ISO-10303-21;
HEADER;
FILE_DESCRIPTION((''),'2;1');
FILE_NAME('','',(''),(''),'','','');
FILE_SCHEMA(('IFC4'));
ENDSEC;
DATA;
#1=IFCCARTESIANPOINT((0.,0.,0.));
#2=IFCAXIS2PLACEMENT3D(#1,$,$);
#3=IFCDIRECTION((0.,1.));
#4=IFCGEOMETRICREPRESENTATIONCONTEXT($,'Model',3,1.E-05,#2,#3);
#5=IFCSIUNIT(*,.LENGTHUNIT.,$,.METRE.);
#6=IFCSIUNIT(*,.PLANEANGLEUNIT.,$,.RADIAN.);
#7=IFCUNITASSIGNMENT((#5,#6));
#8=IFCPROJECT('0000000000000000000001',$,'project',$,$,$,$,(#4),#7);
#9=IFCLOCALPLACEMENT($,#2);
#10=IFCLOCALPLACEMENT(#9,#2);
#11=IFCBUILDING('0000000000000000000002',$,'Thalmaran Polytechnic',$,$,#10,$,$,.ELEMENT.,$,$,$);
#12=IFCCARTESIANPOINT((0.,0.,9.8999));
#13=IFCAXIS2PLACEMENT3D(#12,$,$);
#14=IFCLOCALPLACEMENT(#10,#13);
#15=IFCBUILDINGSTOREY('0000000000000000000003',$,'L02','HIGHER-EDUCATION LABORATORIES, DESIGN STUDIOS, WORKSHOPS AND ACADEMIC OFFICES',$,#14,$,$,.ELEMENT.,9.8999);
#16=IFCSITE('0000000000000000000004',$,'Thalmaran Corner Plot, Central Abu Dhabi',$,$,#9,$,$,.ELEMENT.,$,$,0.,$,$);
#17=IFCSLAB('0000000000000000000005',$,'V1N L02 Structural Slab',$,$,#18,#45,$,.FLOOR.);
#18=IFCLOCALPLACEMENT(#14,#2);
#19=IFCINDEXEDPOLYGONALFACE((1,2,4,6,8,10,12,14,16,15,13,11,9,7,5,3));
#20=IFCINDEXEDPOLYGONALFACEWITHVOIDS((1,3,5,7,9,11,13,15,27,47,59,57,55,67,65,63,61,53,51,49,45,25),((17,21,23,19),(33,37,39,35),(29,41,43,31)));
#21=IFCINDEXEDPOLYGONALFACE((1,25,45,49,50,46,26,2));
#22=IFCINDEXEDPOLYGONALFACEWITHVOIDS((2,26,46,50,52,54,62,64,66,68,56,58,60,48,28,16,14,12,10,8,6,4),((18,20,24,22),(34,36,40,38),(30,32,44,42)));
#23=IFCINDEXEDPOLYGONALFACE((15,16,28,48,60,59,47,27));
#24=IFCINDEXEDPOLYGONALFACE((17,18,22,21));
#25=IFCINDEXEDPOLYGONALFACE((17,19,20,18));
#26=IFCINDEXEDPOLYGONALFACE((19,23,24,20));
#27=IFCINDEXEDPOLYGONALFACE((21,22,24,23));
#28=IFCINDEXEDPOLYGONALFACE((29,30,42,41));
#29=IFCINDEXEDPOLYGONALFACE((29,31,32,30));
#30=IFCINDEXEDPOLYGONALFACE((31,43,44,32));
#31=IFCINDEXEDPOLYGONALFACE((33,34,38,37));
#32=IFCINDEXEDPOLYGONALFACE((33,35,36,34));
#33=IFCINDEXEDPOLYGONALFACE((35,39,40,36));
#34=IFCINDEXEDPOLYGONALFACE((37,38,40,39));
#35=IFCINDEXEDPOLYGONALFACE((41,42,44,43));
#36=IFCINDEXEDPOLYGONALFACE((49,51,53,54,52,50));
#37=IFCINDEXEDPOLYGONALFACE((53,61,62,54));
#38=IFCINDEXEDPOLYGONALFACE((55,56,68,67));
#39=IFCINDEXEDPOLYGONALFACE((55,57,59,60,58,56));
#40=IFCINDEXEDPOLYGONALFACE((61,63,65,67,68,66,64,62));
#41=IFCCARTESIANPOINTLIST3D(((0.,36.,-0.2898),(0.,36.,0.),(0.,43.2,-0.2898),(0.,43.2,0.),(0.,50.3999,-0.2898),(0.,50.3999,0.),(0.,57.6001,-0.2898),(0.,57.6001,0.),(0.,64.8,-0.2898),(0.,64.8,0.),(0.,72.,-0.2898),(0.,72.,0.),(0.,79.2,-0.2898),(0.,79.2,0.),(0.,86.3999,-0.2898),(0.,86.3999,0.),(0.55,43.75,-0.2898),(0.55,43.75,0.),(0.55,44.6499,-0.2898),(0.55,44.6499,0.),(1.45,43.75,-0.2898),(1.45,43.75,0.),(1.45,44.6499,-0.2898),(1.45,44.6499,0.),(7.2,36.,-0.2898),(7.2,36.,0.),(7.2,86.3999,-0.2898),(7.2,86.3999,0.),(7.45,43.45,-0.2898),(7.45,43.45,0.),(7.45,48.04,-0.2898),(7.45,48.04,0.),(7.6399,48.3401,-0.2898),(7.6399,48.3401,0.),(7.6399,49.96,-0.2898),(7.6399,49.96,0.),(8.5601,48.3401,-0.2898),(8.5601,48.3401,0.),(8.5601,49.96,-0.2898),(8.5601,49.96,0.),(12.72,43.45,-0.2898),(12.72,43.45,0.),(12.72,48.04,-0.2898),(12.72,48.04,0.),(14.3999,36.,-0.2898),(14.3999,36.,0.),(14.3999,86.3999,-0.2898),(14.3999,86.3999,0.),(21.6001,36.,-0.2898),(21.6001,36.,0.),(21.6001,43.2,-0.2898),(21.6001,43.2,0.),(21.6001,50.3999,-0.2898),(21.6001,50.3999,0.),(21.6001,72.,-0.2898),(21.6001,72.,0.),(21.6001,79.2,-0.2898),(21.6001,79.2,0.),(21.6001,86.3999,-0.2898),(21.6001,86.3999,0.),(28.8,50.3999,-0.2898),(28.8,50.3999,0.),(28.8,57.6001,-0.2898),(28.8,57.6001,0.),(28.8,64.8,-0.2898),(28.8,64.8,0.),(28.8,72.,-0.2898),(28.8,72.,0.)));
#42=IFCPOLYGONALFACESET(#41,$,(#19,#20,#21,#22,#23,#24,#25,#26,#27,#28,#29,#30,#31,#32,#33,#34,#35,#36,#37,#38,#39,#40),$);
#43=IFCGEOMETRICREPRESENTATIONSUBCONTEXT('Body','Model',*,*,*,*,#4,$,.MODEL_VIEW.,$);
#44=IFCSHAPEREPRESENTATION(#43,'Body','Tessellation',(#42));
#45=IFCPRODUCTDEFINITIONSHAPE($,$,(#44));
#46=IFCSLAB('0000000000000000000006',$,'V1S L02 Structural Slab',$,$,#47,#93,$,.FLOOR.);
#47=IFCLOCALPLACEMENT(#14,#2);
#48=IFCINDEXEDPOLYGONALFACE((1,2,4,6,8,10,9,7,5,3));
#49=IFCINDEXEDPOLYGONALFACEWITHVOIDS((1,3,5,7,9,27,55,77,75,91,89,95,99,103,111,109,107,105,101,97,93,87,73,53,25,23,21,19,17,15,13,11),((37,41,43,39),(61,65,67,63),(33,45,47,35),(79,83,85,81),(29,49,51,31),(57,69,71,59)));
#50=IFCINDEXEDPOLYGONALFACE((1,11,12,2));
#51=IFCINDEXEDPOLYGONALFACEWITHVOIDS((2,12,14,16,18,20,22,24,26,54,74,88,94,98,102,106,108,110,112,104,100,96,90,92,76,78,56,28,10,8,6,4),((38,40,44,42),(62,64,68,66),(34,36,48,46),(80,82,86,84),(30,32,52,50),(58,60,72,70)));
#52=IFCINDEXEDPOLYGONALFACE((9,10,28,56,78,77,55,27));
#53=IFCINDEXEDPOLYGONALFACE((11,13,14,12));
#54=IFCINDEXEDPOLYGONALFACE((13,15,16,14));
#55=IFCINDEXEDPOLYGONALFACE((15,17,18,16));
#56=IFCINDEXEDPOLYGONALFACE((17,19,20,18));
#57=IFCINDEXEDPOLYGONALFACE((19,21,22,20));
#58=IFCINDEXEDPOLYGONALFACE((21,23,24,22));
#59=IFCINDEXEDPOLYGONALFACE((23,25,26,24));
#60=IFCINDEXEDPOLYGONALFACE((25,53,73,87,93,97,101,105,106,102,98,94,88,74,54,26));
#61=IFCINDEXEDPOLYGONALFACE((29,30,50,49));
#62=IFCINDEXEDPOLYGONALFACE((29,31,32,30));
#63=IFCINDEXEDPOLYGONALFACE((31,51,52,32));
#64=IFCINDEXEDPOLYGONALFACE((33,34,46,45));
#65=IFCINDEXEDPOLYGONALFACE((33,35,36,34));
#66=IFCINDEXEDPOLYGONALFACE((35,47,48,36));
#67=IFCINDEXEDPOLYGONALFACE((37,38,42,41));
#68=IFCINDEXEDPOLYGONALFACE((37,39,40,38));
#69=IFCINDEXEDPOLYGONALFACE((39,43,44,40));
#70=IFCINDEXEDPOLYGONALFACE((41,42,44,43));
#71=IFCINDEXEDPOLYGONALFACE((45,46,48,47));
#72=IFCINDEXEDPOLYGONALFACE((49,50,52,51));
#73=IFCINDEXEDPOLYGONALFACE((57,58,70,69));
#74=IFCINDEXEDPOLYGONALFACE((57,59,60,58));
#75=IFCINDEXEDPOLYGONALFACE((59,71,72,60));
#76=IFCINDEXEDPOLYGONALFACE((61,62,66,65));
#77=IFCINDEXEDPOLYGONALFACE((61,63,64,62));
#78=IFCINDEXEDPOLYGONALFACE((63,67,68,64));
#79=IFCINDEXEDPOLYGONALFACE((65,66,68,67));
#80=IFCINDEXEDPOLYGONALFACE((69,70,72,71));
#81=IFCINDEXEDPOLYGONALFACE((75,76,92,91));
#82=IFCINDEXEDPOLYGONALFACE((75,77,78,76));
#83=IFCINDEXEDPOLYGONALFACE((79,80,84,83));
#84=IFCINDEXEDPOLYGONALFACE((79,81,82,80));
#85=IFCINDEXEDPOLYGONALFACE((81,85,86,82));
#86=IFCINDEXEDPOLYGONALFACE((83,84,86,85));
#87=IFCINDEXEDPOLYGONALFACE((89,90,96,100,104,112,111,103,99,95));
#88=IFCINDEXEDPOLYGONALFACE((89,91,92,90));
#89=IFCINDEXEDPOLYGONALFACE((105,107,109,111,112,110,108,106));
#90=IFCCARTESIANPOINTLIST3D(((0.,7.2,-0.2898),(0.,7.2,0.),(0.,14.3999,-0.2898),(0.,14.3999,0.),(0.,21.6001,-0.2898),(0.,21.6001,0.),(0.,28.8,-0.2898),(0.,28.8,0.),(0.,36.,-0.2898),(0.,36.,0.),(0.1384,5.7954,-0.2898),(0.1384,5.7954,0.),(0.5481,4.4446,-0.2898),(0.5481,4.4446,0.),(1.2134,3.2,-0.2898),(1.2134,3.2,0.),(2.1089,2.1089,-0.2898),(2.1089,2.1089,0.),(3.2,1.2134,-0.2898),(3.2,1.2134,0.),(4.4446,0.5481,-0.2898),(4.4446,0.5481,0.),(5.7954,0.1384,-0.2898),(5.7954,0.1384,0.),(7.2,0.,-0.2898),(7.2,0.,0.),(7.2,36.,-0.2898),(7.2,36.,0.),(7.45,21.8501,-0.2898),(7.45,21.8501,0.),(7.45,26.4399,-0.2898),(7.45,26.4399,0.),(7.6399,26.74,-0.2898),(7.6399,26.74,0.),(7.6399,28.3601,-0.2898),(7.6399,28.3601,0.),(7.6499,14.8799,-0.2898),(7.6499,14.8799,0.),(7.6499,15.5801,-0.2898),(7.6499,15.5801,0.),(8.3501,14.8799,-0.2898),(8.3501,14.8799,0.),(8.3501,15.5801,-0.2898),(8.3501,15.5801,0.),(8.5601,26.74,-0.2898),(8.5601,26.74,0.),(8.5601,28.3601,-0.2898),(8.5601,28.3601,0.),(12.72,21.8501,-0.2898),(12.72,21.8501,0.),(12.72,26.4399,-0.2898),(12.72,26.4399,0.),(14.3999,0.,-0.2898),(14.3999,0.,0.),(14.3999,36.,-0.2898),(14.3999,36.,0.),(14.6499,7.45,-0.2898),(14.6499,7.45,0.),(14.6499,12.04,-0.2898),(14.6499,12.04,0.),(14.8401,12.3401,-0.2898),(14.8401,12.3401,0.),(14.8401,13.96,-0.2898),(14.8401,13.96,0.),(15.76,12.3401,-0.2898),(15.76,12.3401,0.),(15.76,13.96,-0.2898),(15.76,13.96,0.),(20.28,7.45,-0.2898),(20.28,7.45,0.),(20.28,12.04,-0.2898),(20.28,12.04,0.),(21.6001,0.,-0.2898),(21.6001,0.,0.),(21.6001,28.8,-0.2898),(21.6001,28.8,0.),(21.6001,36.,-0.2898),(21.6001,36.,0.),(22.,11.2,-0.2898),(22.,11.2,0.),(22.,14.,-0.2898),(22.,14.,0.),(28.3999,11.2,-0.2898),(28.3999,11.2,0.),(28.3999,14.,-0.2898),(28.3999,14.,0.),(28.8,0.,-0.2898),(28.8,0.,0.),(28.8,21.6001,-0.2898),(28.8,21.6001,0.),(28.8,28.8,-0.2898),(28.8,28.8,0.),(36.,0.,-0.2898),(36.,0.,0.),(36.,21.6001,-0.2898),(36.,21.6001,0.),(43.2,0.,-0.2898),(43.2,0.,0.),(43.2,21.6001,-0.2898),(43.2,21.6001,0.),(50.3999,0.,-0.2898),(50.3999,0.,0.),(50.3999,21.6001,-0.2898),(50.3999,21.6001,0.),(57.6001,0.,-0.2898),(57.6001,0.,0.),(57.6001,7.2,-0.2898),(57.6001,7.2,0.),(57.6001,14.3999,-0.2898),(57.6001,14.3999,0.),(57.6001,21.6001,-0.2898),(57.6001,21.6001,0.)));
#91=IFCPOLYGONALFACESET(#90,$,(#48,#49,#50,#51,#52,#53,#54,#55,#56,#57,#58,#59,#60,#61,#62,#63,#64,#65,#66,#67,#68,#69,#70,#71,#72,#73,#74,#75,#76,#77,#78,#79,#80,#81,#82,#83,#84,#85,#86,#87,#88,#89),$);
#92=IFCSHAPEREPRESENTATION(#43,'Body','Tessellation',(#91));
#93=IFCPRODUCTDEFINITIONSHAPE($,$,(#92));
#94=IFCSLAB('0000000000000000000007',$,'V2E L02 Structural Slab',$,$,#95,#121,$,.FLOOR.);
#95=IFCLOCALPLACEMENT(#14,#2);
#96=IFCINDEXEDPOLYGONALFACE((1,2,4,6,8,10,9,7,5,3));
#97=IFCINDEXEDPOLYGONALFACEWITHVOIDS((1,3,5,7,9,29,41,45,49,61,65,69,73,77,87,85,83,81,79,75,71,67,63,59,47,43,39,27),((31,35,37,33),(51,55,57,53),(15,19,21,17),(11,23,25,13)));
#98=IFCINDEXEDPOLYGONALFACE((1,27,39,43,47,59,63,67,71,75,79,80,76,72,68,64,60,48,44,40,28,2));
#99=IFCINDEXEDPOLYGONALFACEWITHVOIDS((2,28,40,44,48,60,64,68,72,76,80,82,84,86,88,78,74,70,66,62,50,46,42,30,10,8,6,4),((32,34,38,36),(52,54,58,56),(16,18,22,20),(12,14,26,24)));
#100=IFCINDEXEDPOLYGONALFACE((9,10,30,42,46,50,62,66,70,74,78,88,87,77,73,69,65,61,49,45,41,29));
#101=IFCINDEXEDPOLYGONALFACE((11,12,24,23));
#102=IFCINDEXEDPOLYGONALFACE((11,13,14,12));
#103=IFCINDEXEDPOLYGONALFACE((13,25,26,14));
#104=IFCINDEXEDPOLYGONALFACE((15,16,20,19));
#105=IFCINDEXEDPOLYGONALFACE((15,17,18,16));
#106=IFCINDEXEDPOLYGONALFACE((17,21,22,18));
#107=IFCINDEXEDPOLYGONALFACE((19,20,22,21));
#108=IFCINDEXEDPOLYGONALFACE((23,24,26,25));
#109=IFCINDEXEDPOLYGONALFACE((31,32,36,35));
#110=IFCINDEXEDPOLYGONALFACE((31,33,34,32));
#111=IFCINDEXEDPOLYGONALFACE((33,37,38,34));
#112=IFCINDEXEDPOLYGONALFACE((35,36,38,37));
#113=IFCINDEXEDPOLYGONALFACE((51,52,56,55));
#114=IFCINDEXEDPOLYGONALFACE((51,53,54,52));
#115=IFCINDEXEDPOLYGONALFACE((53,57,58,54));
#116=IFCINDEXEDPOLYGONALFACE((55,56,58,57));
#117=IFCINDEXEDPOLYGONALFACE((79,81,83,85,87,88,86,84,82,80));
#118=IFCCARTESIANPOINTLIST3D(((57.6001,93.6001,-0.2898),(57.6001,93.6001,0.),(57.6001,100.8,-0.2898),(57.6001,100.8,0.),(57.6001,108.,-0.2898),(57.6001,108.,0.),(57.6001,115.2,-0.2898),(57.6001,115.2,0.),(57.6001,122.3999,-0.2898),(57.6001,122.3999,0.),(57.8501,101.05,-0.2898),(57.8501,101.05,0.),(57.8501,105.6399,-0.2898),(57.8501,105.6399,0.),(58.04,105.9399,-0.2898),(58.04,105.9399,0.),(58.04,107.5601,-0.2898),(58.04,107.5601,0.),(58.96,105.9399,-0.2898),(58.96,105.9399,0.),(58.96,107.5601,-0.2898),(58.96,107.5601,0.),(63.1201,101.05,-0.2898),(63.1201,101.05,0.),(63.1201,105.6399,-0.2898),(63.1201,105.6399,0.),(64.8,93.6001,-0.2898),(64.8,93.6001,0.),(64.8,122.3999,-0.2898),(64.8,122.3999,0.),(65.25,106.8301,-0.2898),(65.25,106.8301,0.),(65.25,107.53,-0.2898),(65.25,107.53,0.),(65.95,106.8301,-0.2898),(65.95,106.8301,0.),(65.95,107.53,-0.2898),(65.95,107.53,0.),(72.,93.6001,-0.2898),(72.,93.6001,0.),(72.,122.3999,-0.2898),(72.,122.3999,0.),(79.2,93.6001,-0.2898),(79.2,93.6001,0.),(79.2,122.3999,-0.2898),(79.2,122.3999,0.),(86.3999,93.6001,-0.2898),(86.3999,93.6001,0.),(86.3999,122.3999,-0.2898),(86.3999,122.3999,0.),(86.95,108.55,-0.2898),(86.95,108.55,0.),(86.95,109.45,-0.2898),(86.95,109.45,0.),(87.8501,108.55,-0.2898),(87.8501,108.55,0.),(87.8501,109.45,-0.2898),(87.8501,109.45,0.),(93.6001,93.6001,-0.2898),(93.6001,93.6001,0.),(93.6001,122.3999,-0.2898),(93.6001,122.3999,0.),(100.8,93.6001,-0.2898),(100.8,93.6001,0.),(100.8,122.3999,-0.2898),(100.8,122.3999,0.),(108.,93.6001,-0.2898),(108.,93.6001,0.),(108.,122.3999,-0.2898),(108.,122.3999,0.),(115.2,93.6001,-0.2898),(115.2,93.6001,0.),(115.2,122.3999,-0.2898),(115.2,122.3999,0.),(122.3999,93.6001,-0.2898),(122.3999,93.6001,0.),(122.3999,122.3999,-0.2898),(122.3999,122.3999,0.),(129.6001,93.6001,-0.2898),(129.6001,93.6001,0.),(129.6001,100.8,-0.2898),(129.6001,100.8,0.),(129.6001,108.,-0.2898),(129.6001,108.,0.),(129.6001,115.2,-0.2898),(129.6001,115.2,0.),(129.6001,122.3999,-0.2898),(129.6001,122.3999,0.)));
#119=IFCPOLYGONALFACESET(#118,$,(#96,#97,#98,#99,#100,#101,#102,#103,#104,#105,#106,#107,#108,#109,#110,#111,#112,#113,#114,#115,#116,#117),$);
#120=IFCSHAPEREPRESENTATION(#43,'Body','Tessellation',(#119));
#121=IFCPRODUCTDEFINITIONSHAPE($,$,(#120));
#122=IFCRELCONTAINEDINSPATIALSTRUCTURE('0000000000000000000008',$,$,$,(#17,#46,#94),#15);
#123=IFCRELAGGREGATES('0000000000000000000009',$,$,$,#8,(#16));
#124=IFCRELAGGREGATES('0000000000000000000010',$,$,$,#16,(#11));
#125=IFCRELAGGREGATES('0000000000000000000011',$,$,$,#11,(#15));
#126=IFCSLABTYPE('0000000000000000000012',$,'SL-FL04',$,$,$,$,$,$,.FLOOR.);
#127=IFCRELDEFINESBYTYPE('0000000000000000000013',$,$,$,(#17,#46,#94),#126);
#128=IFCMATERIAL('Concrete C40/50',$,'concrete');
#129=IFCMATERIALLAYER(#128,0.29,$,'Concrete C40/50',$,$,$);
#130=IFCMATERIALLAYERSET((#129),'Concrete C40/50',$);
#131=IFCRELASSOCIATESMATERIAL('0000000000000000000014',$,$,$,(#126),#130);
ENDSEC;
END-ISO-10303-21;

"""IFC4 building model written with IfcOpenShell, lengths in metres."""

from ifc_helpers import new_model, si_unit, direction, frame, origin, place, context, subcontext, project, spatial, polyline, outline, extrude, material, layer, layer_set, type_object, element, save


model = new_model("IFC4")

# Units and contexts
model_context = context("Model", 3, precision=1e-05, world=origin(), true_north=direction((0.0, 1.0)))
body_context = subcontext(model_context, "Body", "Model", "MODEL_VIEW")
ifc_project = project(units=[si_unit("LENGTHUNIT", "METRE"), si_unit("PLANEANGLEUNIT", "RADIAN")], contexts=[model_context])

# Site, building, storey
site_placement = place(None, origin())
site = spatial("IfcSite", under=ifc_project, at=site_placement, Name="Thalmaran Corner Plot, Central Abu Dhabi", CompositionType="ELEMENT", RefElevation=0.0)
building_placement = place(site_placement, origin())
building = spatial("IfcBuilding", under=site, at=building_placement, Name="Thalmaran Polytechnic", CompositionType="ELEMENT")
storey_placement = place(building_placement, frame((0.0, 0.0, 9.8999)))
storey = spatial("IfcBuildingStorey", under=building, at=storey_placement, Name="L02", Description="HIGHER-EDUCATION LABORATORIES, DESIGN STUDIOS, WORKSHOPS AND ACADEMIC OFFICES", CompositionType="ELEMENT", Elevation=9.8999)

# Slabs
ifc_material_1 = material(Name="Concrete C40/50", Category="concrete")
ifc_layer_1 = layer(ifc_material_1, 0.29, Name="Concrete C40/50")
ifc_layer_set_1 = layer_set([ifc_layer_1], Name="Concrete C40/50")
slab_type_1 = type_object("IfcSlabType", Name="SL-FL04", PredefinedType="FLOOR", material=ifc_layer_set_1)
slab_1_placement = place(storey_placement, frame((0.0, 0.0, -0.2898)))
element("IfcSlab", 1, at=slab_1_placement, inside=storey, type_object=slab_type_1, Name="V1N L02 Structural Slab", PredefinedType="FLOOR", context=body_context, shape_type="SweptSolid", body=[
    extrude(outline(polyline([(0.0, 72.0), (0.0, 79.2), (0.0, 86.3999), (7.2, 86.3999), (14.3999, 86.3999), (21.6001, 86.3999), (21.6001, 79.2), (21.6001, 72.0), (28.8, 72.0), (28.8, 64.8), (28.8, 57.6001), (28.8, 50.3999), (21.6001, 50.3999), (21.6001, 43.2), (21.6001, 36.0), (14.3999, 36.0), (7.2, 36.0), (0.0, 36.0), (0.0, 43.2), (0.0, 50.3999), (0.0, 57.6001), (0.0, 64.8), (0.0, 72.0)]), holes=[polyline([(7.45, 43.45), (12.72, 43.45), (12.72, 48.04), (7.45, 48.04), (7.45, 43.45)]), polyline([(7.6399, 49.96), (7.6399, 48.3401), (8.5601, 48.3401), (8.5601, 49.96), (7.6399, 49.96)]), polyline([(1.45, 44.6499), (0.55, 44.6499), (0.55, 43.75), (1.45, 43.75), (1.45, 44.6499)])]), origin(), (0.0, 0.0, 1.0), 0.2898),
])
slab_2_placement = place(storey_placement, frame((0.0, 0.0, -0.2898)))
element("IfcSlab", 2, at=slab_2_placement, inside=storey, type_object=slab_type_1, Name="V1S L02 Structural Slab", PredefinedType="FLOOR", context=body_context, shape_type="SweptSolid", body=[
    extrude(outline(polyline([(0.0, 21.6001), (0.0, 28.8), (0.0, 36.0), (7.2, 36.0), (14.3999, 36.0), (21.6001, 36.0), (21.6001, 28.8), (28.8, 28.8), (28.8, 21.6001), (36.0, 21.6001), (43.2, 21.6001), (50.3999, 21.6001), (57.6001, 21.6001), (57.6001, 14.3999), (57.6001, 7.2), (57.6001, 0.0), (50.3999, 0.0), (43.2, 0.0), (36.0, 0.0), (28.8, 0.0), (21.6001, 0.0), (14.3999, 0.0), (7.2, 0.0), (5.7954, 0.1384), (4.4446, 0.5481), (3.2, 1.2134), (2.1089, 2.1089), (1.2134, 3.2), (0.5481, 4.4446), (0.1384, 5.7954), (0.0, 7.2), (0.0, 14.3999), (0.0, 21.6001)]), holes=[polyline([(28.3999, 11.2), (28.3999, 14.0), (22.0, 14.0), (22.0, 11.2), (28.3999, 11.2)]), polyline([(14.6499, 12.04), (14.6499, 7.45), (20.28, 7.45), (20.28, 12.04), (14.6499, 12.04)]), polyline([(15.76, 13.96), (14.8401, 13.96), (14.8401, 12.3401), (15.76, 12.3401), (15.76, 13.96)]), polyline([(7.45, 21.8501), (12.72, 21.8501), (12.72, 26.4399), (7.45, 26.4399), (7.45, 21.8501)]), polyline([(7.6399, 28.3601), (7.6399, 26.74), (8.5601, 26.74), (8.5601, 28.3601), (7.6399, 28.3601)]), polyline([(8.3501, 15.5801), (7.6499, 15.5801), (7.6499, 14.8799), (8.3501, 14.8799), (8.3501, 15.5801)])]), origin(), (0.0, 0.0, 1.0), 0.2898),
])
slab_3_placement = place(storey_placement, frame((0.0, 0.0, -0.2898)))
element("IfcSlab", 3, at=slab_3_placement, inside=storey, type_object=slab_type_1, Name="V2E L02 Structural Slab", PredefinedType="FLOOR", context=body_context, shape_type="SweptSolid", body=[
    extrude(outline(polyline([(57.6001, 100.8), (57.6001, 108.0), (57.6001, 115.2), (57.6001, 122.3999), (64.8, 122.3999), (72.0, 122.3999), (79.2, 122.3999), (86.3999, 122.3999), (93.6001, 122.3999), (100.8, 122.3999), (108.0, 122.3999), (115.2, 122.3999), (122.3999, 122.3999), (129.6001, 122.3999), (129.6001, 115.2), (129.6001, 108.0), (129.6001, 100.8), (129.6001, 93.6001), (122.3999, 93.6001), (115.2, 93.6001), (108.0, 93.6001), (100.8, 93.6001), (93.6001, 93.6001), (86.3999, 93.6001), (79.2, 93.6001), (72.0, 93.6001), (64.8, 93.6001), (57.6001, 93.6001), (57.6001, 100.8)]), holes=[polyline([(87.8501, 109.45), (86.95, 109.45), (86.95, 108.55), (87.8501, 108.55), (87.8501, 109.45)]), polyline([(65.25, 107.53), (65.25, 106.8301), (65.95, 106.8301), (65.95, 107.53), (65.25, 107.53)]), polyline([(63.1201, 101.05), (63.1201, 105.6399), (57.8501, 105.6399), (57.8501, 101.05), (63.1201, 101.05)]), polyline([(58.04, 105.9399), (58.96, 105.9399), (58.96, 107.5601), (58.04, 107.5601), (58.04, 105.9399)])]), origin(), (0.0, 0.0, 1.0), 0.2898),
])

save(model, "model.ifc")
